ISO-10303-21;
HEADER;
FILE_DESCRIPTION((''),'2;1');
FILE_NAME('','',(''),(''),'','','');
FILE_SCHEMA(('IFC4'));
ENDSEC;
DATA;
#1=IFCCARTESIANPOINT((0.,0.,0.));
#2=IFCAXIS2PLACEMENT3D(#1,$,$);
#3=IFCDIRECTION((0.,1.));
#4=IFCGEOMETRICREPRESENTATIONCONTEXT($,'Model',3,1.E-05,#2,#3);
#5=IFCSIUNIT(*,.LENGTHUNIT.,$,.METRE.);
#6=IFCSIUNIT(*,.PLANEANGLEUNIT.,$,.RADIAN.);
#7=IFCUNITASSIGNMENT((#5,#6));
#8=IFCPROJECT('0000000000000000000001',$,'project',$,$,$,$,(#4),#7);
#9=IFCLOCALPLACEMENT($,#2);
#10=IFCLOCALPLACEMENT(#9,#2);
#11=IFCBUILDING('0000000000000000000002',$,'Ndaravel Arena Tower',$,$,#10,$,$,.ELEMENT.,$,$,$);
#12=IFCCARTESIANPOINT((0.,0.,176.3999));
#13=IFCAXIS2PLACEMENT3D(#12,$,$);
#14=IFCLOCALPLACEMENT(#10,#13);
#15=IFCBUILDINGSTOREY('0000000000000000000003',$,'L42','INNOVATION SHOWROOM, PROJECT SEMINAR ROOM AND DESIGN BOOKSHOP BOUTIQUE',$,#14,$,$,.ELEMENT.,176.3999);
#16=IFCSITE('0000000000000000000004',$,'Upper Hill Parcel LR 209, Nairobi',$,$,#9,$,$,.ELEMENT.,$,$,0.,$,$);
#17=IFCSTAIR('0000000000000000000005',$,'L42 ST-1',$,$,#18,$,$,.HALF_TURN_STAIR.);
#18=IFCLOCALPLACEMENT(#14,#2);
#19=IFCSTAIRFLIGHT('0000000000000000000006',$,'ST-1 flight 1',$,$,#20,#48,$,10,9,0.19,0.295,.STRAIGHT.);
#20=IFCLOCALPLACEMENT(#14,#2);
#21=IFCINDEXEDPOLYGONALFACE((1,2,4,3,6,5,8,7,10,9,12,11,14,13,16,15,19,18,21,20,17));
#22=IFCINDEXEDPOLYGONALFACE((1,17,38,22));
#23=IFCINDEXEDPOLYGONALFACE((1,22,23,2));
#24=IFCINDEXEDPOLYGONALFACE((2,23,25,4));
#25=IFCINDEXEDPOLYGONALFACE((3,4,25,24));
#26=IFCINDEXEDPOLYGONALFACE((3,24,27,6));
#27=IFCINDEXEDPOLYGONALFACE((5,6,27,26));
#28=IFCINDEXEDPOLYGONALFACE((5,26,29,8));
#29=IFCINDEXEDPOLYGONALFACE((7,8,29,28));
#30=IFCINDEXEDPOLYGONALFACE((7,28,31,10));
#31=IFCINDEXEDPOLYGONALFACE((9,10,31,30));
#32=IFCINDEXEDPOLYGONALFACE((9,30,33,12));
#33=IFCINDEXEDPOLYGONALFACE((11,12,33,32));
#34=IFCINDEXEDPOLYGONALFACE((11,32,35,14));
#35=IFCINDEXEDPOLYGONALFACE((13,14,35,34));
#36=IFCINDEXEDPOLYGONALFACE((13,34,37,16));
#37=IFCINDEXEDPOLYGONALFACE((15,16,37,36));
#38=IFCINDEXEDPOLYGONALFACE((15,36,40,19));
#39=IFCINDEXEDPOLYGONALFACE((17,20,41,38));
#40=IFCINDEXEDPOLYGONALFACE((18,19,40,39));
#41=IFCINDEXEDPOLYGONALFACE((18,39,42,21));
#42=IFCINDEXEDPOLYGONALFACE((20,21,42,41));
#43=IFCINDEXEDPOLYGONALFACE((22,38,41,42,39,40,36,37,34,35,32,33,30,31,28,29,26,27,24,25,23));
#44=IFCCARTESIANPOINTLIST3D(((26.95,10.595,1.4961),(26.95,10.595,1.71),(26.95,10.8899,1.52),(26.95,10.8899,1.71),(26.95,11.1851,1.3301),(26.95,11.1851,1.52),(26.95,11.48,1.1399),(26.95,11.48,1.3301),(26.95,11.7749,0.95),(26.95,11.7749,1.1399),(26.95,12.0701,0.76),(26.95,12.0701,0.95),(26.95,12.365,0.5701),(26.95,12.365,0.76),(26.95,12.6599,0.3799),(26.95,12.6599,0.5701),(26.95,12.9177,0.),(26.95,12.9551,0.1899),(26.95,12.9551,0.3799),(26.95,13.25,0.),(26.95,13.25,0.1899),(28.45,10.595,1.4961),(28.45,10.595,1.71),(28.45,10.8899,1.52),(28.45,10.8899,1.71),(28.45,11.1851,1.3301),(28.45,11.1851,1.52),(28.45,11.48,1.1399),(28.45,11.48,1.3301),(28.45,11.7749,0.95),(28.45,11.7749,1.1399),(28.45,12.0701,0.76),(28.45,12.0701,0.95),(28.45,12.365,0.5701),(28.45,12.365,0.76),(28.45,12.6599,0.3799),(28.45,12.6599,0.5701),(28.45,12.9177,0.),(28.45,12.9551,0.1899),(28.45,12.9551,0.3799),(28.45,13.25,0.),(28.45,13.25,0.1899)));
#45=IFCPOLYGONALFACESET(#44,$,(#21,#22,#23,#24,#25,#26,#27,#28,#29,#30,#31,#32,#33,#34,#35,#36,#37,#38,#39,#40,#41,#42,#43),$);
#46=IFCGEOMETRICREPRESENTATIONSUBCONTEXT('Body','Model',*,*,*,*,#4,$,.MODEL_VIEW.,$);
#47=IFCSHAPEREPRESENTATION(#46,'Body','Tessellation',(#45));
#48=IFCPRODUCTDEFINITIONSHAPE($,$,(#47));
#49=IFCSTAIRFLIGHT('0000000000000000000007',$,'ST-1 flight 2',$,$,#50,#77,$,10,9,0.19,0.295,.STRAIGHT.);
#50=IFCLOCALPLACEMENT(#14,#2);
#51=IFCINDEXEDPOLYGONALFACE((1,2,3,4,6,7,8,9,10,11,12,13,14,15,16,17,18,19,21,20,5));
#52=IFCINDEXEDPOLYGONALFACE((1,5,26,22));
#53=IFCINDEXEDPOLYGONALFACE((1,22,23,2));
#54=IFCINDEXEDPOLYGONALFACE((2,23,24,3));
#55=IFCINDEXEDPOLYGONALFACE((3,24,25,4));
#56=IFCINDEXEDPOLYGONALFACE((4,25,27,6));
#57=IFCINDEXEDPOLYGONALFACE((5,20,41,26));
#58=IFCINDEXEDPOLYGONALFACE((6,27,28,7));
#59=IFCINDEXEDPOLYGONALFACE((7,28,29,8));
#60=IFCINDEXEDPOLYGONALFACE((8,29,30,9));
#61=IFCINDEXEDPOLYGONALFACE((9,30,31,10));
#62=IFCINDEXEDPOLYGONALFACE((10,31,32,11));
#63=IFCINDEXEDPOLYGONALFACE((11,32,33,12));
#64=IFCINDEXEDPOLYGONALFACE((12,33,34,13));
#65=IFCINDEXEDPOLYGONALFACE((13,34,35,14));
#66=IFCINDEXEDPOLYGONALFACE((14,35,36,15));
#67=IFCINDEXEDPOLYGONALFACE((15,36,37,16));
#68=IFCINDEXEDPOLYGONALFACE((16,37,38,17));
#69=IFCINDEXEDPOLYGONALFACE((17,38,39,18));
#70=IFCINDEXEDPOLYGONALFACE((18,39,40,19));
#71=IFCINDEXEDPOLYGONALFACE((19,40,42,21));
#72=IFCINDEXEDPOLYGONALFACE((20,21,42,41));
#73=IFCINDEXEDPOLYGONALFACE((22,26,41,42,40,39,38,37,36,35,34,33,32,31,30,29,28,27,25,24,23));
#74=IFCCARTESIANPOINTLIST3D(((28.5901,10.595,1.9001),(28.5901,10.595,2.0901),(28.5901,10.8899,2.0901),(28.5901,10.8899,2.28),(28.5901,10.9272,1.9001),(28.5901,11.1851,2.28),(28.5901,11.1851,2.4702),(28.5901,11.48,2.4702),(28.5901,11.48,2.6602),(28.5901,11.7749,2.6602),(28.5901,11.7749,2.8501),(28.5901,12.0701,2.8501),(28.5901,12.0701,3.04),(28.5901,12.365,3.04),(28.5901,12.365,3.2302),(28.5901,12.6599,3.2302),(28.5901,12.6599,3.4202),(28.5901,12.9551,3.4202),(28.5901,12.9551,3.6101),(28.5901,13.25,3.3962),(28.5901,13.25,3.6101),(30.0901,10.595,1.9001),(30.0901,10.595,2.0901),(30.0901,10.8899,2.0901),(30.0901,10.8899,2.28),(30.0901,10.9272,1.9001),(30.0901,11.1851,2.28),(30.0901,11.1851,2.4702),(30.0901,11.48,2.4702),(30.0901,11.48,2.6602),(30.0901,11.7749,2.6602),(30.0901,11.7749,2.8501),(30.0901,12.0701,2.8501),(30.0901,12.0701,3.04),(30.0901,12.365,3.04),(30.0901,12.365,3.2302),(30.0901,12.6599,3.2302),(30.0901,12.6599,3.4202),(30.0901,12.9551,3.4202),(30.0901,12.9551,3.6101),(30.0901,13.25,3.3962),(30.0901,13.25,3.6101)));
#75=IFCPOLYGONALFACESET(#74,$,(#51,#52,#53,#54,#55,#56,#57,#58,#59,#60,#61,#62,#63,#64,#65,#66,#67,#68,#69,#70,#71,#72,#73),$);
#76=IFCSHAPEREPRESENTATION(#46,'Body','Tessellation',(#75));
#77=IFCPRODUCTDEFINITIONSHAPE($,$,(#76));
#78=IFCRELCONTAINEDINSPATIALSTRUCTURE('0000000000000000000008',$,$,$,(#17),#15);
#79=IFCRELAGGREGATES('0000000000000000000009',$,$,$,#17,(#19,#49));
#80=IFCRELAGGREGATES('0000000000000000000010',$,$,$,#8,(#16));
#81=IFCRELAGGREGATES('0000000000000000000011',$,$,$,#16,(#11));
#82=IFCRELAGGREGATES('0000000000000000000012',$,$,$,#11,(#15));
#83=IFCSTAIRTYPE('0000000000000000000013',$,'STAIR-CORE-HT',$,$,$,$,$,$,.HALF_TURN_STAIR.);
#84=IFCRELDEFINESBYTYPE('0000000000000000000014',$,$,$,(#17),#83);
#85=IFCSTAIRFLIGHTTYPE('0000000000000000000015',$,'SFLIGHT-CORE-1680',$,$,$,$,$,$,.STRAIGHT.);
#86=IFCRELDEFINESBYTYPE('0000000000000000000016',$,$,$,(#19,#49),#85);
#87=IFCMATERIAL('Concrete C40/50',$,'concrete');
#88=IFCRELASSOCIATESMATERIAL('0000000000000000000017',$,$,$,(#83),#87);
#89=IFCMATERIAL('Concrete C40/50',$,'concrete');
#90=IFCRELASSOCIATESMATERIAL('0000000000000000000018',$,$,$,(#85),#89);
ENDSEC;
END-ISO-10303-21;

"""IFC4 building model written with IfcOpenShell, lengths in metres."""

from ifc_helpers import new_model, si_unit, direction, frame, origin, place, context, subcontext, project, spatial, polyline, outline, extrude, material, type_object, element, aggregate, save


model = new_model("IFC4")

# Units and contexts
model_context = context("Model", 3, precision=1e-05, world=origin(), true_north=direction((0.0, 1.0)))
body_context = subcontext(model_context, "Body", "Model", "MODEL_VIEW")
ifc_project = project(units=[si_unit("LENGTHUNIT", "METRE"), si_unit("PLANEANGLEUNIT", "RADIAN")], contexts=[model_context])

# Site, building, storey
site_placement = place(None, origin())
site = spatial("IfcSite", under=ifc_project, at=site_placement, Name="Upper Hill Parcel LR 209, Nairobi", CompositionType="ELEMENT", RefElevation=0.0)
building_placement = place(site_placement, origin())
building = spatial("IfcBuilding", under=site, at=building_placement, Name="Ndaravel Arena Tower", CompositionType="ELEMENT")
storey_placement = place(building_placement, frame((0.0, 0.0, 176.3999)))
storey = spatial("IfcBuildingStorey", under=building, at=storey_placement, Name="L42", Description="INNOVATION SHOWROOM, PROJECT SEMINAR ROOM AND DESIGN BOOKSHOP BOUTIQUE", CompositionType="ELEMENT", Elevation=176.3999)

# Stair, stair flights
ifc_material_1 = material(Name="Concrete C40/50", Category="concrete")
stair_type = type_object("IfcStairType", Name="STAIR-CORE-HT", PredefinedType="HALF_TURN_STAIR", material=ifc_material_1)
stair_placement = place(storey_placement, origin())
stair = element("IfcStair", 1, at=stair_placement, inside=storey, type_object=stair_type, Name="L42 ST-1", PredefinedType="HALF_TURN_STAIR")
ifc_material_2 = material(Name="Concrete C40/50", Category="concrete")
stair_flight_type = type_object("IfcStairFlightType", Name="SFLIGHT-CORE-1680", PredefinedType="STRAIGHT", material=ifc_material_2)
stair_flight_1_placement = place(storey_placement, frame((27.7, 13.25, 0.0), z_axis=(0.0, 0.0, 1.0), x_axis=(0.0, -1.0, 0.0)))
stair_flight_1 = element("IfcStairFlight", 2, at=stair_flight_1_placement, type_object=stair_flight_type, Name="ST-1 flight 1", NumberOfRisers=10, NumberOfTreads=9, PredefinedType="STRAIGHT", RiserHeight=0.19, TreadLength=0.295, context=body_context, shape_type="SweptSolid", body=[
    extrude(outline(polyline([(0.0, 0.0), (0.0, 0.1899), (0.2949, 0.1899), (0.2949, 0.3799), (0.5901, 0.3799), (0.5901, 0.5701), (0.885, 0.5701), (0.885, 0.76), (1.1799, 0.76), (1.1799, 0.95), (1.4751, 0.95), (1.4751, 1.1399), (1.77, 1.1399), (1.77, 1.3301), (2.0649, 1.3301), (2.0649, 1.52), (2.3601, 1.52), (2.3601, 1.71), (2.655, 1.71), (2.655, 1.8999), (2.655, 1.4961), (0.3323, 0.0), (0.0, 0.0)])), frame((0.0, 0.75, 0.0), z_axis=(0.0, -1.0, 0.0), x_axis=(1.0, 0.0, 0.0)), (0.0, 0.0, 1.0), 1.5),
])
stair_flight_2_placement = place(storey_placement, frame((29.3401, 10.595, 1.9001), z_axis=(0.0, 0.0, 1.0), x_axis=(0.0, 1.0, 0.0)))
stair_flight_2 = element("IfcStairFlight", 3, at=stair_flight_2_placement, type_object=stair_flight_type, Name="ST-1 flight 2", NumberOfRisers=10, NumberOfTreads=9, PredefinedType="STRAIGHT", RiserHeight=0.19, TreadLength=0.295, context=body_context, shape_type="SweptSolid", body=[
    extrude(outline(polyline([(0.0, 0.0), (0.0, 0.1899), (0.2949, 0.1899), (0.2949, 0.3799), (0.5901, 0.3799), (0.5901, 0.5701), (0.885, 0.5701), (0.885, 0.76), (1.1799, 0.76), (1.1799, 0.95), (1.4751, 0.95), (1.4751, 1.1399), (1.77, 1.1399), (1.77, 1.3301), (2.0649, 1.3301), (2.0649, 1.52), (2.3601, 1.52), (2.3601, 1.71), (2.655, 1.71), (2.655, 1.8999), (2.655, 1.4961), (0.3323, 0.0), (0.0, 0.0)])), frame((0.0, 0.75, 0.0), z_axis=(0.0, -1.0, 0.0), x_axis=(1.0, 0.0, 0.0)), (0.0, 0.0, 1.0), 1.5),
])
aggregate(stair, [stair_flight_1, stair_flight_2])

save(model, "model.ifc")
